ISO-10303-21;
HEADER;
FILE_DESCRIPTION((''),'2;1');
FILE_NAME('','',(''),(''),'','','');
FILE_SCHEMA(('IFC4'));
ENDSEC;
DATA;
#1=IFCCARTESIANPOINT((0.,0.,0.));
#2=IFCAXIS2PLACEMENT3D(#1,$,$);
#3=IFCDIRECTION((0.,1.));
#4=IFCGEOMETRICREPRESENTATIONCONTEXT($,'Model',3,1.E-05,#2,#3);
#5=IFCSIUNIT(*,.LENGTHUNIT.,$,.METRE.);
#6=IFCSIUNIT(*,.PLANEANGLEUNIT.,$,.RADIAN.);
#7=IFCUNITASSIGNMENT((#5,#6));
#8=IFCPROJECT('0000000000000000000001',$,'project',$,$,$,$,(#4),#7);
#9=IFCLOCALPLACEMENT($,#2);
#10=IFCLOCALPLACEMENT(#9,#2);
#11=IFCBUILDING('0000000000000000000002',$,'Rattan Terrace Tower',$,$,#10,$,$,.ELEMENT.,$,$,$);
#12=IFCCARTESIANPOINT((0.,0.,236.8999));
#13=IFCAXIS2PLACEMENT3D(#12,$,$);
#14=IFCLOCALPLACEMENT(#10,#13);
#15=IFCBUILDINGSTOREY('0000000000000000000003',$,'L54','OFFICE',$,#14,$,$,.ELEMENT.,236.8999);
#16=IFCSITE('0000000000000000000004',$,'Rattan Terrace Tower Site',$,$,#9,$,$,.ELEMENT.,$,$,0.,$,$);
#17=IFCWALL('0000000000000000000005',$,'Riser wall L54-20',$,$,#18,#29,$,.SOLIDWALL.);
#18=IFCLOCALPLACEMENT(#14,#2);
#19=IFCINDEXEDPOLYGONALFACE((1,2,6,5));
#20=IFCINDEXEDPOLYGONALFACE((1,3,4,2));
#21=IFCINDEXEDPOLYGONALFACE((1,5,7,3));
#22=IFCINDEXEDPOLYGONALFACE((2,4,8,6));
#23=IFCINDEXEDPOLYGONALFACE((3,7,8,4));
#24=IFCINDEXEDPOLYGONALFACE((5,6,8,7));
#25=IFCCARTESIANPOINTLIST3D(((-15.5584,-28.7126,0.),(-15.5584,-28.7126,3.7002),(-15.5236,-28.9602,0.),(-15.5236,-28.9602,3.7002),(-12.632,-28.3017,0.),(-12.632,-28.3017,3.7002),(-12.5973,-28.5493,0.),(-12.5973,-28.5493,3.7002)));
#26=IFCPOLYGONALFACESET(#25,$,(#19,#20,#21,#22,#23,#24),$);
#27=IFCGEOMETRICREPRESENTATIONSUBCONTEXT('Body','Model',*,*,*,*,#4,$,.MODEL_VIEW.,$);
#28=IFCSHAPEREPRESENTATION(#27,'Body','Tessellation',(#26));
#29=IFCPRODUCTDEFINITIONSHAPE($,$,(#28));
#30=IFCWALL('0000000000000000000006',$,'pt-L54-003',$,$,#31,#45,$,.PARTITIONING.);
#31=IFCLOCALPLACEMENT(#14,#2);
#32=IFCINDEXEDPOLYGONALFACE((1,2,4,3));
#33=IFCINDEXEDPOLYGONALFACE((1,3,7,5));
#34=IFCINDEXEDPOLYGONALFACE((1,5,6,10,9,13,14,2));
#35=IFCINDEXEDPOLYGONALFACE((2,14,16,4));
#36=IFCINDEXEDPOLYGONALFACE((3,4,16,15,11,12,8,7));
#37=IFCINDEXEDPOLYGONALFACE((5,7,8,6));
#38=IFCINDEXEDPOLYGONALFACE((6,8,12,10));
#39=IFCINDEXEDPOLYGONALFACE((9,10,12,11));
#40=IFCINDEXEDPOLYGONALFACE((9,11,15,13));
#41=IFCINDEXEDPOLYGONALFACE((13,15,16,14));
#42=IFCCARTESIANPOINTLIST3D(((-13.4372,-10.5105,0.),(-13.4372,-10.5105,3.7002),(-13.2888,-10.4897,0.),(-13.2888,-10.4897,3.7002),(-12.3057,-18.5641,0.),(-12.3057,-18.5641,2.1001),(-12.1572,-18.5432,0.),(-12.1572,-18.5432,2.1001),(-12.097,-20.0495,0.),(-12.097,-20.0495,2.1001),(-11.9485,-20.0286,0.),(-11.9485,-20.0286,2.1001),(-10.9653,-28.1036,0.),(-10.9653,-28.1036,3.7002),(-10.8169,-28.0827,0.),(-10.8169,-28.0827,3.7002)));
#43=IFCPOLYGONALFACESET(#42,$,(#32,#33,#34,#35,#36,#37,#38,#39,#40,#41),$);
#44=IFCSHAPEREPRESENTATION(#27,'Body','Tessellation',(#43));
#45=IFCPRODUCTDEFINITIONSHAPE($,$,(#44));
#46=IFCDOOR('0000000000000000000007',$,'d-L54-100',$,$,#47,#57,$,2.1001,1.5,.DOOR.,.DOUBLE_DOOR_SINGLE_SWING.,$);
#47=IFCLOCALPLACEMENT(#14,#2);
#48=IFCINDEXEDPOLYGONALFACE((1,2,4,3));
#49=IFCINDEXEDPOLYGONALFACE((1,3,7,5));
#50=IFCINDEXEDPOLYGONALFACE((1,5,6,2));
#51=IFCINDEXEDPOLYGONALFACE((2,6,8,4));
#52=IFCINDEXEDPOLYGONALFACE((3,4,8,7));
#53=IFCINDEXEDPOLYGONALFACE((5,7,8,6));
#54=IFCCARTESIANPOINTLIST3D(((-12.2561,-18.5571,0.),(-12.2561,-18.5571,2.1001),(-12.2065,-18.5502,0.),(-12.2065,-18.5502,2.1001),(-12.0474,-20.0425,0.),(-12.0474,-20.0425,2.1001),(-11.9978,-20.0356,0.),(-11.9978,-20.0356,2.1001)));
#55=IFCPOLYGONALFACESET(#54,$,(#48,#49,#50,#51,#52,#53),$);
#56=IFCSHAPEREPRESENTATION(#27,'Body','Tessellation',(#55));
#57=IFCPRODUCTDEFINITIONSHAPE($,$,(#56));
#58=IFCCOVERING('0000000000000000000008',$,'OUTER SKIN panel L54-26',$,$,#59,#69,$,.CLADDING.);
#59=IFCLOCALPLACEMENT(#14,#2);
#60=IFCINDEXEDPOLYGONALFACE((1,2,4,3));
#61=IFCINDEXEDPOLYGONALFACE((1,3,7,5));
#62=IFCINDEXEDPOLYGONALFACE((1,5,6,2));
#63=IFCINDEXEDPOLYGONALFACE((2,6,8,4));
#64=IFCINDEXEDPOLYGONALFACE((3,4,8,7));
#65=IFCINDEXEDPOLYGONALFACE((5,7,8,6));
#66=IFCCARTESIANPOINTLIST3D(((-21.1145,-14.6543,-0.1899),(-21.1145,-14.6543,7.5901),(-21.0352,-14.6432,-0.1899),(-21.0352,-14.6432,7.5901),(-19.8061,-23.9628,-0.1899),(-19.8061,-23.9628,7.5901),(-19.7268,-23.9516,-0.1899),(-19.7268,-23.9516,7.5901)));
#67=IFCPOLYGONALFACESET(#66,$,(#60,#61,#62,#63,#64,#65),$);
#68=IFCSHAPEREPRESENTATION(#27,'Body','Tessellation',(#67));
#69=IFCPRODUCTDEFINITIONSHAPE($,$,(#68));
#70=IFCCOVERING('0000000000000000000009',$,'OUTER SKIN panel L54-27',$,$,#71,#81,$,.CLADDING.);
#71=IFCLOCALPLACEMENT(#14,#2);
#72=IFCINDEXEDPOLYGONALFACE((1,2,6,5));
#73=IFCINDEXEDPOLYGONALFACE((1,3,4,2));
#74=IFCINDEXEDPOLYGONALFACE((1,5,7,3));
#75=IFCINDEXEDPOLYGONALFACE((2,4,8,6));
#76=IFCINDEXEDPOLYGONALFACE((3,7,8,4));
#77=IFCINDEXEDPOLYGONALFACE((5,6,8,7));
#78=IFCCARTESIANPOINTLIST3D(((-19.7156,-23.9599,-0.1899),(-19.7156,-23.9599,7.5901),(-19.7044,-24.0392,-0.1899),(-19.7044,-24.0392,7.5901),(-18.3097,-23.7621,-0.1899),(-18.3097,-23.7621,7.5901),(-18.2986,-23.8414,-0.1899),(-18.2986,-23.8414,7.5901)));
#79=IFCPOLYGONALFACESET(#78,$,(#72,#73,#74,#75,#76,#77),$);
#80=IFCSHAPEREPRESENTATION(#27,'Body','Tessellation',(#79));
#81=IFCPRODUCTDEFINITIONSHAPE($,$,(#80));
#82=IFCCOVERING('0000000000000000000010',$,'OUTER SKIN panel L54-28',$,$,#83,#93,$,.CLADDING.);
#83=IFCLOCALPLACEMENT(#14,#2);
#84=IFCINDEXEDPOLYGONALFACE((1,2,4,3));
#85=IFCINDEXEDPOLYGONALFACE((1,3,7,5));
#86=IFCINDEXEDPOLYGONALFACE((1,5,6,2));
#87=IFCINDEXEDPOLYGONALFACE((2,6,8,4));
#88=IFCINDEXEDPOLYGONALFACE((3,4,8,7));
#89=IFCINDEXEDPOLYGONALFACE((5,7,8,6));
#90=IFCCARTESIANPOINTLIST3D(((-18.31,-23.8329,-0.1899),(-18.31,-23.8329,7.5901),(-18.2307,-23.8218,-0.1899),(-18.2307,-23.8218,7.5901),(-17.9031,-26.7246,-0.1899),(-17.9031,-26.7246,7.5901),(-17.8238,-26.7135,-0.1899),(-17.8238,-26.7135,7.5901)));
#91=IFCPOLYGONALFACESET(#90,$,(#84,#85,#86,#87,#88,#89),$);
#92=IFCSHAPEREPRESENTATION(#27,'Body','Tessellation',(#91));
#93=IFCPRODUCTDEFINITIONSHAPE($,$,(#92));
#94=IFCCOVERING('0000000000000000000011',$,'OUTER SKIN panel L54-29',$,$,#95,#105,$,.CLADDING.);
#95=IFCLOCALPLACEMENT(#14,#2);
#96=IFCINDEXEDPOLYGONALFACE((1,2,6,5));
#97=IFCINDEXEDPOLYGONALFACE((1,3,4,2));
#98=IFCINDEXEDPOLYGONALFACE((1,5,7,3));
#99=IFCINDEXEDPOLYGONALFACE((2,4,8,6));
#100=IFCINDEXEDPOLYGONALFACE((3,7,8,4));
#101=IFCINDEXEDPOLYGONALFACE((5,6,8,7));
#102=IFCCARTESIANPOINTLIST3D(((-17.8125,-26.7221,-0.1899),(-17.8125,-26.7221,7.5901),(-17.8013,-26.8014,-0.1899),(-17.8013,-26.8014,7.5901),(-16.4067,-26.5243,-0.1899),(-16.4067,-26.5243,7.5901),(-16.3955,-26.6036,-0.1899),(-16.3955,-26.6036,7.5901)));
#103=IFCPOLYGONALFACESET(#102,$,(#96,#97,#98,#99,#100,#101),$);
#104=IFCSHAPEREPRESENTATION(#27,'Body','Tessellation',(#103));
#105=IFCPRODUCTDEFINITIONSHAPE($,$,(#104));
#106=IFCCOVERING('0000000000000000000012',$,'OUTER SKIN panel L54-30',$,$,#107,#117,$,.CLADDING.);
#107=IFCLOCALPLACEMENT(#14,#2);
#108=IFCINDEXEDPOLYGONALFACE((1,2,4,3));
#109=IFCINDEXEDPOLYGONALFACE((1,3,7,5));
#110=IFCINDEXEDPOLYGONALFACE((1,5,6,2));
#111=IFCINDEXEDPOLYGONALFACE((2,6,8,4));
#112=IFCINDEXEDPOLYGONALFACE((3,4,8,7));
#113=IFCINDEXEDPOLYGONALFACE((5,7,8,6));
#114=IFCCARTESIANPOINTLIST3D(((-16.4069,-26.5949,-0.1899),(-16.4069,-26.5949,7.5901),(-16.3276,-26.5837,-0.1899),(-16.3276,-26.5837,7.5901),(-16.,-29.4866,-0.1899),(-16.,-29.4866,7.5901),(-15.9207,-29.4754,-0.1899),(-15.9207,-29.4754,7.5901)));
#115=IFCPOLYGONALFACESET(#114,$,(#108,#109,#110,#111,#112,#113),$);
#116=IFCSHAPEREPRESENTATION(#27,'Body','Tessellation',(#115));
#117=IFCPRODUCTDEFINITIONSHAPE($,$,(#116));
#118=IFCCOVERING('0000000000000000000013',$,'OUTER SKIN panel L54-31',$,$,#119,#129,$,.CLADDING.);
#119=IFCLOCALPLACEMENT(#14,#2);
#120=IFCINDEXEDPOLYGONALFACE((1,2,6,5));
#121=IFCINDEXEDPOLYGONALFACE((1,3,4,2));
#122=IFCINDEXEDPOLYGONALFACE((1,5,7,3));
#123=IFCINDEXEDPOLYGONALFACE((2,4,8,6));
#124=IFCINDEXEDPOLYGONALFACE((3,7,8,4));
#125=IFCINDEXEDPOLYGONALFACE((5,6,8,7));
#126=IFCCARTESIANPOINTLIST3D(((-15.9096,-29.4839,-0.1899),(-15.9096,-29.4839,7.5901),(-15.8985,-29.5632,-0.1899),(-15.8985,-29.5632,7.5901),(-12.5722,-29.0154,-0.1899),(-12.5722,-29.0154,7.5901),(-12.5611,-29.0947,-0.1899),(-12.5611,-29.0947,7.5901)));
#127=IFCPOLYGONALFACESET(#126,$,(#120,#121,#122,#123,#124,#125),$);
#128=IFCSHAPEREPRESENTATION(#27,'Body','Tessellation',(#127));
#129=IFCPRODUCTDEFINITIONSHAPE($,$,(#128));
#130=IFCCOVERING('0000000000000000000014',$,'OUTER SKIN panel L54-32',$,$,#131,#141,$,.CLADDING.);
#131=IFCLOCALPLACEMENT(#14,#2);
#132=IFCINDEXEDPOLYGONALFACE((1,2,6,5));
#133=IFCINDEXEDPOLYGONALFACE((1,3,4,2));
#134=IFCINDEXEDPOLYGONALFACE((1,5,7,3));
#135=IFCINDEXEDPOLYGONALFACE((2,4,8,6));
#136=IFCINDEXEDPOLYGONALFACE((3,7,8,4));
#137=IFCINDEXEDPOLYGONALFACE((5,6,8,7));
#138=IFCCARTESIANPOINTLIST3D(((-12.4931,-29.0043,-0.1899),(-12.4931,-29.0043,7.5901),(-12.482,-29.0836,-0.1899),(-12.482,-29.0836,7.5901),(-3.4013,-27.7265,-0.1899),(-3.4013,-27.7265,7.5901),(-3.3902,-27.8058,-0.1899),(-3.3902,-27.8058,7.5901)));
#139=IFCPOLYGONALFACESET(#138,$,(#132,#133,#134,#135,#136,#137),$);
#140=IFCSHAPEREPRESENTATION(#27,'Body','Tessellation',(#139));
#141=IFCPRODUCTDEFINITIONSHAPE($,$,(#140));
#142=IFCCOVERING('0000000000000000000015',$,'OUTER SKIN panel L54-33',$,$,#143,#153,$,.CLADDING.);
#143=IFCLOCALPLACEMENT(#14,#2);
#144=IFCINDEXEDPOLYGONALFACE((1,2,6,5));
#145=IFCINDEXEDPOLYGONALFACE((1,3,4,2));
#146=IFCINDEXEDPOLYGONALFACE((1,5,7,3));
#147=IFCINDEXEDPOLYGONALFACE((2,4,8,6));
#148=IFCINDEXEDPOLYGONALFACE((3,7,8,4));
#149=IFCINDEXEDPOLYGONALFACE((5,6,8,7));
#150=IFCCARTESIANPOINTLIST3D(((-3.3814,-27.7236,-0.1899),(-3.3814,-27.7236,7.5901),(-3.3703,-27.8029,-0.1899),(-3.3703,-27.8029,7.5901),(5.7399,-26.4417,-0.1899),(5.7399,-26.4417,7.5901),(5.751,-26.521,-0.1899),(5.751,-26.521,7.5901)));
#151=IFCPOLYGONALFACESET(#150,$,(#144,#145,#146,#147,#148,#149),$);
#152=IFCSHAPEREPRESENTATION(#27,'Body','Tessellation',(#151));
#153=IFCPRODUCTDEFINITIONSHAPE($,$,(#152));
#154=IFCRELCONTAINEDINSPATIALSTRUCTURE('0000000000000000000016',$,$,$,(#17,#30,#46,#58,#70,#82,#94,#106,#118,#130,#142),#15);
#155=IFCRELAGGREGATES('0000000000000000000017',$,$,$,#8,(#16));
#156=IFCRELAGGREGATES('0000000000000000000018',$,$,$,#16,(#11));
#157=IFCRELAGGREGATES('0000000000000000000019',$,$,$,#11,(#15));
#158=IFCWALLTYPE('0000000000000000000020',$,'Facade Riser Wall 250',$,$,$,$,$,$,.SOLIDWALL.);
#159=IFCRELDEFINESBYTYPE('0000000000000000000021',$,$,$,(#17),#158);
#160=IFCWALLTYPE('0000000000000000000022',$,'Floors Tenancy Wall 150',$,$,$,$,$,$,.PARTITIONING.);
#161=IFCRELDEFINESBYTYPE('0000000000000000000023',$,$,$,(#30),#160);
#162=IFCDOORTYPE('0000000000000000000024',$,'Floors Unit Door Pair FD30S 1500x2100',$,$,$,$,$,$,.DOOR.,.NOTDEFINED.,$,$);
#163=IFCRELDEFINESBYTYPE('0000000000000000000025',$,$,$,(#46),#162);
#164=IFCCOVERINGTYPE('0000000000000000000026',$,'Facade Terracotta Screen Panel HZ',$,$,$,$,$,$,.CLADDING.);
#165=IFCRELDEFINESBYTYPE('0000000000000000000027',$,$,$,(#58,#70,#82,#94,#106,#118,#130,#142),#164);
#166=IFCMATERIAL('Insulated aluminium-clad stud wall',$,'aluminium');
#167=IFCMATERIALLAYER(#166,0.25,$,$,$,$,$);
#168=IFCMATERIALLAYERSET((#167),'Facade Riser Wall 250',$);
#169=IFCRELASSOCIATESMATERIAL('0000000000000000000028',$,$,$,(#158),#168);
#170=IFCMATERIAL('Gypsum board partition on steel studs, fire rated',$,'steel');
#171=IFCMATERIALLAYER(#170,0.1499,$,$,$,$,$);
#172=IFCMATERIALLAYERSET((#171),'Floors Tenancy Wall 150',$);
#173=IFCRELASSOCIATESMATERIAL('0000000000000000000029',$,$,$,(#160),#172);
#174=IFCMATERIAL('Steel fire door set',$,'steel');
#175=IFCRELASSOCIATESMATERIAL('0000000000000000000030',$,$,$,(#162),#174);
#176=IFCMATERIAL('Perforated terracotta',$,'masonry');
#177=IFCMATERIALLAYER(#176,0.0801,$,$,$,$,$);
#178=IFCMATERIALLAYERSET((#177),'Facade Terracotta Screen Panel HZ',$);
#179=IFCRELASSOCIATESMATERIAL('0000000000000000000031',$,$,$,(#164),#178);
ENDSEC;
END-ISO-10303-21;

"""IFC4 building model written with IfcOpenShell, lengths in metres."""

from ifc_helpers import new_model, si_unit, direction, frame, frame_2d, origin, origin_2d, place, context, subcontext, project, spatial, rectangle, extrude, material, layer, layer_set, type_object, element, fill, save


model = new_model("IFC4")

# Units and contexts
model_context = context("Model", 3, precision=1e-05, world=origin(), true_north=direction((0.0, 1.0)))
body_context = subcontext(model_context, "Body", "Model", "MODEL_VIEW")
ifc_project = project(units=[si_unit("LENGTHUNIT", "METRE"), si_unit("PLANEANGLEUNIT", "RADIAN")], contexts=[model_context])

# Site, building, storey
site_placement = place(None, origin())
site = spatial("IfcSite", under=ifc_project, at=site_placement, Name="Rattan Terrace Tower Site", CompositionType="ELEMENT", RefElevation=0.0)
building_placement = place(site_placement, origin())
building = spatial("IfcBuilding", under=site, at=building_placement, Name="Rattan Terrace Tower", CompositionType="ELEMENT")
storey_placement = place(building_placement, frame((0.0, 0.0, 236.8999)))
storey = spatial("IfcBuildingStorey", under=building, at=storey_placement, Name="L54", Description="OFFICE", CompositionType="ELEMENT", Elevation=236.8999)

# Wall
ifc_material_1 = material(Name="Insulated aluminium-clad stud wall", Category="aluminium")
ifc_layer_1 = layer(ifc_material_1, 0.25)
ifc_layer_set_1 = layer_set([ifc_layer_1], Name="Facade Riser Wall 250")
wall_type_1 = type_object("IfcWallType", Name="Facade Riser Wall 250", PredefinedType="SOLIDWALL", material=ifc_layer_set_1)
wall_1_placement = place(storey_placement, frame((-15.541, -28.8364, 0.0), z_axis=(0.0, 0.0, 1.0), x_axis=(0.990285, 0.13905, 0.0)))
element("IfcWall", 1, at=wall_1_placement, inside=storey, type_object=wall_type_1, Name="Riser wall L54-20", PredefinedType="SOLIDWALL", context=body_context, shape_type="SweptSolid", body=[
    extrude(rectangle(XDim=2.9551, YDim=0.25, at=frame_2d((1.4775, 0.0))), origin(), (0.0, 0.0, 1.0), 3.7002),
])

# Wall, opening, door
ifc_material_2 = material(Name="Gypsum board partition on steel studs, fire rated", Category="steel")
ifc_layer_2 = layer(ifc_material_2, 0.1499)
ifc_layer_set_2 = layer_set([ifc_layer_2], Name="Floors Tenancy Wall 150")
wall_type_2 = type_object("IfcWallType", Name="Floors Tenancy Wall 150", PredefinedType="PARTITIONING", material=ifc_layer_set_2)
wall_2_placement = place(storey_placement, frame((-10.8911, -28.093, 0.0), z_axis=(0.0, 0.0, 1.0), x_axis=(-0.139139, 0.990273, 0.0)))
wall_2 = element("IfcWall", 2, at=wall_2_placement, inside=storey, type_object=wall_type_2, Name="pt-L54-003", PredefinedType="PARTITIONING", context=body_context, shape_type="SweptSolid", body=[
    extrude(rectangle(XDim=17.7659, YDim=0.1499, at=frame_2d((8.8828, 0.0))), origin(), (0.0, 0.0, 1.0), 3.7002),
])
opening_placement = place(wall_2_placement, frame((8.1331, 0.0, 0.0)))
opening = element("IfcOpeningElement", 3, at=opening_placement, cuts=wall_2, PredefinedType="OPENING", context=body_context, shape_type="SweptSolid", body=[
    extrude(rectangle(XDim=1.5, YDim=2.1001, at=frame_2d((0.75, 1.05))), frame((0.0, 0.0854, 0.0), z_axis=(0.0, -1.0, 0.0), x_axis=(1.0, 0.0, 0.0)), (0.0, 0.0, 1.0), 0.1709),
])
ifc_material_3 = material(Name="Steel fire door set", Category="steel")
door_type = type_object("IfcDoorType", Name="Floors Unit Door Pair FD30S 1500x2100", OperationType="NOTDEFINED", PredefinedType="DOOR", material=ifc_material_3)
door_placement = place(opening_placement, origin())
door = element("IfcDoor", 4, at=door_placement, inside=storey, type_object=door_type, Name="d-L54-100", OperationType="DOUBLE_DOOR_SINGLE_SWING", OverallHeight=2.1001, OverallWidth=1.5, PredefinedType="DOOR", context=body_context, shape_type="SweptSolid", body=[
    extrude(rectangle(XDim=1.5, YDim=2.1001, at=frame_2d((0.75, 1.05))), frame((0.0, 0.0249, 0.0), z_axis=(0.0, -1.0, 0.0), x_axis=(1.0, 0.0, 0.0)), (0.0, 0.0, 1.0), 0.05),
])
fill(opening, door)

# Coverings
ifc_material_4 = material(Name="Perforated terracotta", Category="masonry")
ifc_layer_3 = layer(ifc_material_4, 0.0801)
ifc_layer_set_3 = layer_set([ifc_layer_3], Name="Facade Terracotta Screen Panel HZ")
covering_type = type_object("IfcCoveringType", Name="Facade Terracotta Screen Panel HZ", PredefinedType="CLADDING", material=ifc_layer_set_3)
covering_1_placement = place(storey_placement, frame((-20.4207, -19.303, -0.1899), z_axis=(0.0, 0.0, 1.0), x_axis=(0.139186, -0.990266, 0.0)))
element("IfcCovering", 5, at=covering_1_placement, inside=storey, type_object=covering_type, Name="OUTER SKIN panel L54-26", PredefinedType="CLADDING", context=body_context, shape_type="SweptSolid", body=[
    extrude(rectangle(XDim=9.3999, YDim=0.0801, at=origin_2d()), origin(), (0.0, 0.0, 1.0), 7.78),
])
covering_2_placement = place(storey_placement, frame((-19.0071, -23.9006, -0.1899), z_axis=(0.0, 0.0, 1.0), x_axis=(0.990241, 0.139367, 0.0)))
element("IfcCovering", 6, at=covering_2_placement, inside=storey, type_object=covering_type, Name="OUTER SKIN panel L54-27", PredefinedType="CLADDING", context=body_context, shape_type="SweptSolid", body=[
    extrude(rectangle(XDim=1.4197, YDim=0.0801, at=origin_2d()), origin(), (0.0, 0.0, 1.0), 7.78),
])
covering_3_placement = place(storey_placement, frame((-18.0669, -25.2732, -0.1899), z_axis=(0.0, 0.0, 1.0), x_axis=(0.139321, -0.990247, 0.0)))
element("IfcCovering", 7, at=covering_3_placement, inside=storey, type_object=covering_type, Name="OUTER SKIN panel L54-28", PredefinedType="CLADDING", context=body_context, shape_type="SweptSolid", body=[
    extrude(rectangle(XDim=2.9202, YDim=0.0801, at=origin_2d()), origin(), (0.0, 0.0, 1.0), 7.78),
])
covering_4_placement = place(storey_placement, frame((-17.104, -26.6628, -0.1899), z_axis=(0.0, 0.0, 1.0), x_axis=(0.990241, 0.139367, 0.0)))
element("IfcCovering", 8, at=covering_4_placement, inside=storey, type_object=covering_type, Name="OUTER SKIN panel L54-29", PredefinedType="CLADDING", context=body_context, shape_type="SweptSolid", body=[
    extrude(rectangle(XDim=1.4197, YDim=0.0801, at=origin_2d()), origin(), (0.0, 0.0, 1.0), 7.78),
])
covering_5_placement = place(storey_placement, frame((-16.1638, -28.0352, -0.1899), z_axis=(0.0, 0.0, 1.0), x_axis=(0.139321, -0.990247, 0.0)))
element("IfcCovering", 9, at=covering_5_placement, inside=storey, type_object=covering_type, Name="OUTER SKIN panel L54-30", PredefinedType="CLADDING", context=body_context, shape_type="SweptSolid", body=[
    extrude(rectangle(XDim=2.9202, YDim=0.0801, at=origin_2d()), origin(), (0.0, 0.0, 1.0), 7.78),
])
covering_6_placement = place(storey_placement, frame((-14.2354, -29.2893, -0.1899), z_axis=(0.0, 0.0, 1.0), x_axis=(0.990293, 0.138994, 0.0)))
element("IfcCovering", 10, at=covering_6_placement, inside=storey, type_object=covering_type, Name="OUTER SKIN panel L54-31", PredefinedType="CLADDING", context=body_context, shape_type="SweptSolid", body=[
    extrude(rectangle(XDim=3.3701, YDim=0.0801, at=origin_2d()), origin(), (0.0, 0.0, 1.0), 7.78),
])
covering_7_placement = place(storey_placement, frame((-7.9417, -28.405, -0.1899), z_axis=(0.0, 0.0, 1.0), x_axis=(0.990267, 0.139177, 0.0)))
element("IfcCovering", 11, at=covering_7_placement, inside=storey, type_object=covering_type, Name="OUTER SKIN panel L54-32", PredefinedType="CLADDING", context=body_context, shape_type="SweptSolid", body=[
    extrude(rectangle(XDim=9.1812, YDim=0.0801, at=origin_2d()), origin(), (0.0, 0.0, 1.0), 7.78),
])
covering_8_placement = place(storey_placement, frame((1.1848, -27.1223, -0.1899), z_axis=(0.0, 0.0, 1.0), x_axis=(0.990267, 0.139177, 0.0)))
element("IfcCovering", 12, at=covering_8_placement, inside=storey, type_object=covering_type, Name="OUTER SKIN panel L54-33", PredefinedType="CLADDING", context=body_context, shape_type="SweptSolid", body=[
    extrude(rectangle(XDim=9.2109, YDim=0.0801, at=origin_2d()), origin(), (0.0, 0.0, 1.0), 7.78),
])

save(model, "model.ifc")
